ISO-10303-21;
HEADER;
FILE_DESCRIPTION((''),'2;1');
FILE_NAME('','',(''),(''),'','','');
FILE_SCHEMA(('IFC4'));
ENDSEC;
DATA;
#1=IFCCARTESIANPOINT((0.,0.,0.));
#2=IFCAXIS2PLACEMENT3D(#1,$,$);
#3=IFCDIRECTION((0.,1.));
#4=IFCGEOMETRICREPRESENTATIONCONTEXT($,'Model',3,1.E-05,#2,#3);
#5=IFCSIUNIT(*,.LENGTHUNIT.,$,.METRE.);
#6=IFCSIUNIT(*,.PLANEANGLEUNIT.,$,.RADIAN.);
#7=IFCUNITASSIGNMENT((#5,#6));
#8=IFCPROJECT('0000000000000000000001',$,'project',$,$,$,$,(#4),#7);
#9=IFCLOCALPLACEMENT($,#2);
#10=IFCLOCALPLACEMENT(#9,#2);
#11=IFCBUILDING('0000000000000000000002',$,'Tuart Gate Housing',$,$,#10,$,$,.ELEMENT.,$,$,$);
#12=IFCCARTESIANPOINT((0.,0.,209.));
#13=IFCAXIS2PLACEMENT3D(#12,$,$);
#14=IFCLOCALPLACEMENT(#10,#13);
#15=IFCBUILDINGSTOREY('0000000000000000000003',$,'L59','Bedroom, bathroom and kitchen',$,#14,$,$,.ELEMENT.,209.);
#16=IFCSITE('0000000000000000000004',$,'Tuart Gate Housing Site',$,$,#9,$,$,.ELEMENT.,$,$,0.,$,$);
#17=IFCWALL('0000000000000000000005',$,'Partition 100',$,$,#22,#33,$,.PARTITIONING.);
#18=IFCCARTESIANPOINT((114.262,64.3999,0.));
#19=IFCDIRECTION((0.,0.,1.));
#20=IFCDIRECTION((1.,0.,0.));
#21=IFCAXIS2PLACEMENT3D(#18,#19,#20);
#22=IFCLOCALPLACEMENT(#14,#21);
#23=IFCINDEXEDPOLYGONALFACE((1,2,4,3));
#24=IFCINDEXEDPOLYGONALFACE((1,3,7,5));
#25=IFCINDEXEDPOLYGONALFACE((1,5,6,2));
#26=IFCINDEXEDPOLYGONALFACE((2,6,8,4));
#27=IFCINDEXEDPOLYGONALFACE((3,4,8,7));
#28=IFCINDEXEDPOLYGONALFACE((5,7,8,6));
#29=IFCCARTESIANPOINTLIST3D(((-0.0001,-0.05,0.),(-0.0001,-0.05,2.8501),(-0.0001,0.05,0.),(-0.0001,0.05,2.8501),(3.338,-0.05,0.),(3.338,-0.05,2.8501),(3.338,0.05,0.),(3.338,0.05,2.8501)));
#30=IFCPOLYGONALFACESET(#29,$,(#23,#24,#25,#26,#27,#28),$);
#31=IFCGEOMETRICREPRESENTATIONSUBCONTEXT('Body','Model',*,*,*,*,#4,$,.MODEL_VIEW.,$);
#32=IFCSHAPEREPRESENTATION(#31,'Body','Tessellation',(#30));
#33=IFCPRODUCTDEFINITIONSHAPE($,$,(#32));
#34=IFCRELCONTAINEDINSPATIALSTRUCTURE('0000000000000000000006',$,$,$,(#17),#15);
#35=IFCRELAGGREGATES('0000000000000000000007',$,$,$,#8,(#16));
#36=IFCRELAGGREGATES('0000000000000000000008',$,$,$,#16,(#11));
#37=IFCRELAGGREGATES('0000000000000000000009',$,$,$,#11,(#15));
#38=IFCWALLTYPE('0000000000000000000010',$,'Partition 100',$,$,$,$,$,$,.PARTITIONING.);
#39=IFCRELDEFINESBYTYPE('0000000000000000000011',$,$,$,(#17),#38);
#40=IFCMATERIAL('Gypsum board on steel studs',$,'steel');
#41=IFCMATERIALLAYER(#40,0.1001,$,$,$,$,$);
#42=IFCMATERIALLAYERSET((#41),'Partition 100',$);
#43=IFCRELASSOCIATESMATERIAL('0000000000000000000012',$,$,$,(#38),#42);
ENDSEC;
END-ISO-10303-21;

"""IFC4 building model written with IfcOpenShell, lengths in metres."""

from ifc_helpers import new_model, si_unit, direction, frame, frame_2d, origin, place, context, subcontext, project, spatial, rectangle, extrude, material, layer, layer_set, type_object, element, save


model = new_model("IFC4")

# Units and contexts
model_context = context("Model", 3, precision=1e-05, world=origin(), true_north=direction((0.0, 1.0)))
body_context = subcontext(model_context, "Body", "Model", "MODEL_VIEW")
ifc_project = project(units=[si_unit("LENGTHUNIT", "METRE"), si_unit("PLANEANGLEUNIT", "RADIAN")], contexts=[model_context])

# Site, building, storey
site_placement = place(None, origin())
site = spatial("IfcSite", under=ifc_project, at=site_placement, Name="Tuart Gate Housing Site", CompositionType="ELEMENT", RefElevation=0.0)
building_placement = place(site_placement, origin())
building = spatial("IfcBuilding", under=site, at=building_placement, Name="Tuart Gate Housing", CompositionType="ELEMENT")
storey_placement = place(building_placement, frame((0.0, 0.0, 209.0)))
storey = spatial("IfcBuildingStorey", under=building, at=storey_placement, Name="L59", Description="Bedroom, bathroom and kitchen", CompositionType="ELEMENT", Elevation=209.0)

# Wall
ifc_material_1 = material(Name="Gypsum board on steel studs", Category="steel")
ifc_layer_1 = layer(ifc_material_1, 0.1001)
ifc_layer_set_1 = layer_set([ifc_layer_1], Name="Partition 100")
wall_type_1 = type_object("IfcWallType", Name="Partition 100", PredefinedType="PARTITIONING", material=ifc_layer_set_1)
wall_1_placement = place(storey_placement, frame((114.262, 64.3999, 0.0), z_axis=(0.0, 0.0, 1.0), x_axis=(1.0, 0.0, 0.0)))
element("IfcWall", 1, at=wall_1_placement, inside=storey, type_object=wall_type_1, Name="Partition 100", PredefinedType="PARTITIONING", context=body_context, shape_type="SweptSolid", body=[
    extrude(rectangle(XDim=3.3381, YDim=0.1001, at=frame_2d((1.6689, 0.0))), origin(), (0.0, 0.0, 1.0), 2.8501),
])

save(model, "model.ifc")
